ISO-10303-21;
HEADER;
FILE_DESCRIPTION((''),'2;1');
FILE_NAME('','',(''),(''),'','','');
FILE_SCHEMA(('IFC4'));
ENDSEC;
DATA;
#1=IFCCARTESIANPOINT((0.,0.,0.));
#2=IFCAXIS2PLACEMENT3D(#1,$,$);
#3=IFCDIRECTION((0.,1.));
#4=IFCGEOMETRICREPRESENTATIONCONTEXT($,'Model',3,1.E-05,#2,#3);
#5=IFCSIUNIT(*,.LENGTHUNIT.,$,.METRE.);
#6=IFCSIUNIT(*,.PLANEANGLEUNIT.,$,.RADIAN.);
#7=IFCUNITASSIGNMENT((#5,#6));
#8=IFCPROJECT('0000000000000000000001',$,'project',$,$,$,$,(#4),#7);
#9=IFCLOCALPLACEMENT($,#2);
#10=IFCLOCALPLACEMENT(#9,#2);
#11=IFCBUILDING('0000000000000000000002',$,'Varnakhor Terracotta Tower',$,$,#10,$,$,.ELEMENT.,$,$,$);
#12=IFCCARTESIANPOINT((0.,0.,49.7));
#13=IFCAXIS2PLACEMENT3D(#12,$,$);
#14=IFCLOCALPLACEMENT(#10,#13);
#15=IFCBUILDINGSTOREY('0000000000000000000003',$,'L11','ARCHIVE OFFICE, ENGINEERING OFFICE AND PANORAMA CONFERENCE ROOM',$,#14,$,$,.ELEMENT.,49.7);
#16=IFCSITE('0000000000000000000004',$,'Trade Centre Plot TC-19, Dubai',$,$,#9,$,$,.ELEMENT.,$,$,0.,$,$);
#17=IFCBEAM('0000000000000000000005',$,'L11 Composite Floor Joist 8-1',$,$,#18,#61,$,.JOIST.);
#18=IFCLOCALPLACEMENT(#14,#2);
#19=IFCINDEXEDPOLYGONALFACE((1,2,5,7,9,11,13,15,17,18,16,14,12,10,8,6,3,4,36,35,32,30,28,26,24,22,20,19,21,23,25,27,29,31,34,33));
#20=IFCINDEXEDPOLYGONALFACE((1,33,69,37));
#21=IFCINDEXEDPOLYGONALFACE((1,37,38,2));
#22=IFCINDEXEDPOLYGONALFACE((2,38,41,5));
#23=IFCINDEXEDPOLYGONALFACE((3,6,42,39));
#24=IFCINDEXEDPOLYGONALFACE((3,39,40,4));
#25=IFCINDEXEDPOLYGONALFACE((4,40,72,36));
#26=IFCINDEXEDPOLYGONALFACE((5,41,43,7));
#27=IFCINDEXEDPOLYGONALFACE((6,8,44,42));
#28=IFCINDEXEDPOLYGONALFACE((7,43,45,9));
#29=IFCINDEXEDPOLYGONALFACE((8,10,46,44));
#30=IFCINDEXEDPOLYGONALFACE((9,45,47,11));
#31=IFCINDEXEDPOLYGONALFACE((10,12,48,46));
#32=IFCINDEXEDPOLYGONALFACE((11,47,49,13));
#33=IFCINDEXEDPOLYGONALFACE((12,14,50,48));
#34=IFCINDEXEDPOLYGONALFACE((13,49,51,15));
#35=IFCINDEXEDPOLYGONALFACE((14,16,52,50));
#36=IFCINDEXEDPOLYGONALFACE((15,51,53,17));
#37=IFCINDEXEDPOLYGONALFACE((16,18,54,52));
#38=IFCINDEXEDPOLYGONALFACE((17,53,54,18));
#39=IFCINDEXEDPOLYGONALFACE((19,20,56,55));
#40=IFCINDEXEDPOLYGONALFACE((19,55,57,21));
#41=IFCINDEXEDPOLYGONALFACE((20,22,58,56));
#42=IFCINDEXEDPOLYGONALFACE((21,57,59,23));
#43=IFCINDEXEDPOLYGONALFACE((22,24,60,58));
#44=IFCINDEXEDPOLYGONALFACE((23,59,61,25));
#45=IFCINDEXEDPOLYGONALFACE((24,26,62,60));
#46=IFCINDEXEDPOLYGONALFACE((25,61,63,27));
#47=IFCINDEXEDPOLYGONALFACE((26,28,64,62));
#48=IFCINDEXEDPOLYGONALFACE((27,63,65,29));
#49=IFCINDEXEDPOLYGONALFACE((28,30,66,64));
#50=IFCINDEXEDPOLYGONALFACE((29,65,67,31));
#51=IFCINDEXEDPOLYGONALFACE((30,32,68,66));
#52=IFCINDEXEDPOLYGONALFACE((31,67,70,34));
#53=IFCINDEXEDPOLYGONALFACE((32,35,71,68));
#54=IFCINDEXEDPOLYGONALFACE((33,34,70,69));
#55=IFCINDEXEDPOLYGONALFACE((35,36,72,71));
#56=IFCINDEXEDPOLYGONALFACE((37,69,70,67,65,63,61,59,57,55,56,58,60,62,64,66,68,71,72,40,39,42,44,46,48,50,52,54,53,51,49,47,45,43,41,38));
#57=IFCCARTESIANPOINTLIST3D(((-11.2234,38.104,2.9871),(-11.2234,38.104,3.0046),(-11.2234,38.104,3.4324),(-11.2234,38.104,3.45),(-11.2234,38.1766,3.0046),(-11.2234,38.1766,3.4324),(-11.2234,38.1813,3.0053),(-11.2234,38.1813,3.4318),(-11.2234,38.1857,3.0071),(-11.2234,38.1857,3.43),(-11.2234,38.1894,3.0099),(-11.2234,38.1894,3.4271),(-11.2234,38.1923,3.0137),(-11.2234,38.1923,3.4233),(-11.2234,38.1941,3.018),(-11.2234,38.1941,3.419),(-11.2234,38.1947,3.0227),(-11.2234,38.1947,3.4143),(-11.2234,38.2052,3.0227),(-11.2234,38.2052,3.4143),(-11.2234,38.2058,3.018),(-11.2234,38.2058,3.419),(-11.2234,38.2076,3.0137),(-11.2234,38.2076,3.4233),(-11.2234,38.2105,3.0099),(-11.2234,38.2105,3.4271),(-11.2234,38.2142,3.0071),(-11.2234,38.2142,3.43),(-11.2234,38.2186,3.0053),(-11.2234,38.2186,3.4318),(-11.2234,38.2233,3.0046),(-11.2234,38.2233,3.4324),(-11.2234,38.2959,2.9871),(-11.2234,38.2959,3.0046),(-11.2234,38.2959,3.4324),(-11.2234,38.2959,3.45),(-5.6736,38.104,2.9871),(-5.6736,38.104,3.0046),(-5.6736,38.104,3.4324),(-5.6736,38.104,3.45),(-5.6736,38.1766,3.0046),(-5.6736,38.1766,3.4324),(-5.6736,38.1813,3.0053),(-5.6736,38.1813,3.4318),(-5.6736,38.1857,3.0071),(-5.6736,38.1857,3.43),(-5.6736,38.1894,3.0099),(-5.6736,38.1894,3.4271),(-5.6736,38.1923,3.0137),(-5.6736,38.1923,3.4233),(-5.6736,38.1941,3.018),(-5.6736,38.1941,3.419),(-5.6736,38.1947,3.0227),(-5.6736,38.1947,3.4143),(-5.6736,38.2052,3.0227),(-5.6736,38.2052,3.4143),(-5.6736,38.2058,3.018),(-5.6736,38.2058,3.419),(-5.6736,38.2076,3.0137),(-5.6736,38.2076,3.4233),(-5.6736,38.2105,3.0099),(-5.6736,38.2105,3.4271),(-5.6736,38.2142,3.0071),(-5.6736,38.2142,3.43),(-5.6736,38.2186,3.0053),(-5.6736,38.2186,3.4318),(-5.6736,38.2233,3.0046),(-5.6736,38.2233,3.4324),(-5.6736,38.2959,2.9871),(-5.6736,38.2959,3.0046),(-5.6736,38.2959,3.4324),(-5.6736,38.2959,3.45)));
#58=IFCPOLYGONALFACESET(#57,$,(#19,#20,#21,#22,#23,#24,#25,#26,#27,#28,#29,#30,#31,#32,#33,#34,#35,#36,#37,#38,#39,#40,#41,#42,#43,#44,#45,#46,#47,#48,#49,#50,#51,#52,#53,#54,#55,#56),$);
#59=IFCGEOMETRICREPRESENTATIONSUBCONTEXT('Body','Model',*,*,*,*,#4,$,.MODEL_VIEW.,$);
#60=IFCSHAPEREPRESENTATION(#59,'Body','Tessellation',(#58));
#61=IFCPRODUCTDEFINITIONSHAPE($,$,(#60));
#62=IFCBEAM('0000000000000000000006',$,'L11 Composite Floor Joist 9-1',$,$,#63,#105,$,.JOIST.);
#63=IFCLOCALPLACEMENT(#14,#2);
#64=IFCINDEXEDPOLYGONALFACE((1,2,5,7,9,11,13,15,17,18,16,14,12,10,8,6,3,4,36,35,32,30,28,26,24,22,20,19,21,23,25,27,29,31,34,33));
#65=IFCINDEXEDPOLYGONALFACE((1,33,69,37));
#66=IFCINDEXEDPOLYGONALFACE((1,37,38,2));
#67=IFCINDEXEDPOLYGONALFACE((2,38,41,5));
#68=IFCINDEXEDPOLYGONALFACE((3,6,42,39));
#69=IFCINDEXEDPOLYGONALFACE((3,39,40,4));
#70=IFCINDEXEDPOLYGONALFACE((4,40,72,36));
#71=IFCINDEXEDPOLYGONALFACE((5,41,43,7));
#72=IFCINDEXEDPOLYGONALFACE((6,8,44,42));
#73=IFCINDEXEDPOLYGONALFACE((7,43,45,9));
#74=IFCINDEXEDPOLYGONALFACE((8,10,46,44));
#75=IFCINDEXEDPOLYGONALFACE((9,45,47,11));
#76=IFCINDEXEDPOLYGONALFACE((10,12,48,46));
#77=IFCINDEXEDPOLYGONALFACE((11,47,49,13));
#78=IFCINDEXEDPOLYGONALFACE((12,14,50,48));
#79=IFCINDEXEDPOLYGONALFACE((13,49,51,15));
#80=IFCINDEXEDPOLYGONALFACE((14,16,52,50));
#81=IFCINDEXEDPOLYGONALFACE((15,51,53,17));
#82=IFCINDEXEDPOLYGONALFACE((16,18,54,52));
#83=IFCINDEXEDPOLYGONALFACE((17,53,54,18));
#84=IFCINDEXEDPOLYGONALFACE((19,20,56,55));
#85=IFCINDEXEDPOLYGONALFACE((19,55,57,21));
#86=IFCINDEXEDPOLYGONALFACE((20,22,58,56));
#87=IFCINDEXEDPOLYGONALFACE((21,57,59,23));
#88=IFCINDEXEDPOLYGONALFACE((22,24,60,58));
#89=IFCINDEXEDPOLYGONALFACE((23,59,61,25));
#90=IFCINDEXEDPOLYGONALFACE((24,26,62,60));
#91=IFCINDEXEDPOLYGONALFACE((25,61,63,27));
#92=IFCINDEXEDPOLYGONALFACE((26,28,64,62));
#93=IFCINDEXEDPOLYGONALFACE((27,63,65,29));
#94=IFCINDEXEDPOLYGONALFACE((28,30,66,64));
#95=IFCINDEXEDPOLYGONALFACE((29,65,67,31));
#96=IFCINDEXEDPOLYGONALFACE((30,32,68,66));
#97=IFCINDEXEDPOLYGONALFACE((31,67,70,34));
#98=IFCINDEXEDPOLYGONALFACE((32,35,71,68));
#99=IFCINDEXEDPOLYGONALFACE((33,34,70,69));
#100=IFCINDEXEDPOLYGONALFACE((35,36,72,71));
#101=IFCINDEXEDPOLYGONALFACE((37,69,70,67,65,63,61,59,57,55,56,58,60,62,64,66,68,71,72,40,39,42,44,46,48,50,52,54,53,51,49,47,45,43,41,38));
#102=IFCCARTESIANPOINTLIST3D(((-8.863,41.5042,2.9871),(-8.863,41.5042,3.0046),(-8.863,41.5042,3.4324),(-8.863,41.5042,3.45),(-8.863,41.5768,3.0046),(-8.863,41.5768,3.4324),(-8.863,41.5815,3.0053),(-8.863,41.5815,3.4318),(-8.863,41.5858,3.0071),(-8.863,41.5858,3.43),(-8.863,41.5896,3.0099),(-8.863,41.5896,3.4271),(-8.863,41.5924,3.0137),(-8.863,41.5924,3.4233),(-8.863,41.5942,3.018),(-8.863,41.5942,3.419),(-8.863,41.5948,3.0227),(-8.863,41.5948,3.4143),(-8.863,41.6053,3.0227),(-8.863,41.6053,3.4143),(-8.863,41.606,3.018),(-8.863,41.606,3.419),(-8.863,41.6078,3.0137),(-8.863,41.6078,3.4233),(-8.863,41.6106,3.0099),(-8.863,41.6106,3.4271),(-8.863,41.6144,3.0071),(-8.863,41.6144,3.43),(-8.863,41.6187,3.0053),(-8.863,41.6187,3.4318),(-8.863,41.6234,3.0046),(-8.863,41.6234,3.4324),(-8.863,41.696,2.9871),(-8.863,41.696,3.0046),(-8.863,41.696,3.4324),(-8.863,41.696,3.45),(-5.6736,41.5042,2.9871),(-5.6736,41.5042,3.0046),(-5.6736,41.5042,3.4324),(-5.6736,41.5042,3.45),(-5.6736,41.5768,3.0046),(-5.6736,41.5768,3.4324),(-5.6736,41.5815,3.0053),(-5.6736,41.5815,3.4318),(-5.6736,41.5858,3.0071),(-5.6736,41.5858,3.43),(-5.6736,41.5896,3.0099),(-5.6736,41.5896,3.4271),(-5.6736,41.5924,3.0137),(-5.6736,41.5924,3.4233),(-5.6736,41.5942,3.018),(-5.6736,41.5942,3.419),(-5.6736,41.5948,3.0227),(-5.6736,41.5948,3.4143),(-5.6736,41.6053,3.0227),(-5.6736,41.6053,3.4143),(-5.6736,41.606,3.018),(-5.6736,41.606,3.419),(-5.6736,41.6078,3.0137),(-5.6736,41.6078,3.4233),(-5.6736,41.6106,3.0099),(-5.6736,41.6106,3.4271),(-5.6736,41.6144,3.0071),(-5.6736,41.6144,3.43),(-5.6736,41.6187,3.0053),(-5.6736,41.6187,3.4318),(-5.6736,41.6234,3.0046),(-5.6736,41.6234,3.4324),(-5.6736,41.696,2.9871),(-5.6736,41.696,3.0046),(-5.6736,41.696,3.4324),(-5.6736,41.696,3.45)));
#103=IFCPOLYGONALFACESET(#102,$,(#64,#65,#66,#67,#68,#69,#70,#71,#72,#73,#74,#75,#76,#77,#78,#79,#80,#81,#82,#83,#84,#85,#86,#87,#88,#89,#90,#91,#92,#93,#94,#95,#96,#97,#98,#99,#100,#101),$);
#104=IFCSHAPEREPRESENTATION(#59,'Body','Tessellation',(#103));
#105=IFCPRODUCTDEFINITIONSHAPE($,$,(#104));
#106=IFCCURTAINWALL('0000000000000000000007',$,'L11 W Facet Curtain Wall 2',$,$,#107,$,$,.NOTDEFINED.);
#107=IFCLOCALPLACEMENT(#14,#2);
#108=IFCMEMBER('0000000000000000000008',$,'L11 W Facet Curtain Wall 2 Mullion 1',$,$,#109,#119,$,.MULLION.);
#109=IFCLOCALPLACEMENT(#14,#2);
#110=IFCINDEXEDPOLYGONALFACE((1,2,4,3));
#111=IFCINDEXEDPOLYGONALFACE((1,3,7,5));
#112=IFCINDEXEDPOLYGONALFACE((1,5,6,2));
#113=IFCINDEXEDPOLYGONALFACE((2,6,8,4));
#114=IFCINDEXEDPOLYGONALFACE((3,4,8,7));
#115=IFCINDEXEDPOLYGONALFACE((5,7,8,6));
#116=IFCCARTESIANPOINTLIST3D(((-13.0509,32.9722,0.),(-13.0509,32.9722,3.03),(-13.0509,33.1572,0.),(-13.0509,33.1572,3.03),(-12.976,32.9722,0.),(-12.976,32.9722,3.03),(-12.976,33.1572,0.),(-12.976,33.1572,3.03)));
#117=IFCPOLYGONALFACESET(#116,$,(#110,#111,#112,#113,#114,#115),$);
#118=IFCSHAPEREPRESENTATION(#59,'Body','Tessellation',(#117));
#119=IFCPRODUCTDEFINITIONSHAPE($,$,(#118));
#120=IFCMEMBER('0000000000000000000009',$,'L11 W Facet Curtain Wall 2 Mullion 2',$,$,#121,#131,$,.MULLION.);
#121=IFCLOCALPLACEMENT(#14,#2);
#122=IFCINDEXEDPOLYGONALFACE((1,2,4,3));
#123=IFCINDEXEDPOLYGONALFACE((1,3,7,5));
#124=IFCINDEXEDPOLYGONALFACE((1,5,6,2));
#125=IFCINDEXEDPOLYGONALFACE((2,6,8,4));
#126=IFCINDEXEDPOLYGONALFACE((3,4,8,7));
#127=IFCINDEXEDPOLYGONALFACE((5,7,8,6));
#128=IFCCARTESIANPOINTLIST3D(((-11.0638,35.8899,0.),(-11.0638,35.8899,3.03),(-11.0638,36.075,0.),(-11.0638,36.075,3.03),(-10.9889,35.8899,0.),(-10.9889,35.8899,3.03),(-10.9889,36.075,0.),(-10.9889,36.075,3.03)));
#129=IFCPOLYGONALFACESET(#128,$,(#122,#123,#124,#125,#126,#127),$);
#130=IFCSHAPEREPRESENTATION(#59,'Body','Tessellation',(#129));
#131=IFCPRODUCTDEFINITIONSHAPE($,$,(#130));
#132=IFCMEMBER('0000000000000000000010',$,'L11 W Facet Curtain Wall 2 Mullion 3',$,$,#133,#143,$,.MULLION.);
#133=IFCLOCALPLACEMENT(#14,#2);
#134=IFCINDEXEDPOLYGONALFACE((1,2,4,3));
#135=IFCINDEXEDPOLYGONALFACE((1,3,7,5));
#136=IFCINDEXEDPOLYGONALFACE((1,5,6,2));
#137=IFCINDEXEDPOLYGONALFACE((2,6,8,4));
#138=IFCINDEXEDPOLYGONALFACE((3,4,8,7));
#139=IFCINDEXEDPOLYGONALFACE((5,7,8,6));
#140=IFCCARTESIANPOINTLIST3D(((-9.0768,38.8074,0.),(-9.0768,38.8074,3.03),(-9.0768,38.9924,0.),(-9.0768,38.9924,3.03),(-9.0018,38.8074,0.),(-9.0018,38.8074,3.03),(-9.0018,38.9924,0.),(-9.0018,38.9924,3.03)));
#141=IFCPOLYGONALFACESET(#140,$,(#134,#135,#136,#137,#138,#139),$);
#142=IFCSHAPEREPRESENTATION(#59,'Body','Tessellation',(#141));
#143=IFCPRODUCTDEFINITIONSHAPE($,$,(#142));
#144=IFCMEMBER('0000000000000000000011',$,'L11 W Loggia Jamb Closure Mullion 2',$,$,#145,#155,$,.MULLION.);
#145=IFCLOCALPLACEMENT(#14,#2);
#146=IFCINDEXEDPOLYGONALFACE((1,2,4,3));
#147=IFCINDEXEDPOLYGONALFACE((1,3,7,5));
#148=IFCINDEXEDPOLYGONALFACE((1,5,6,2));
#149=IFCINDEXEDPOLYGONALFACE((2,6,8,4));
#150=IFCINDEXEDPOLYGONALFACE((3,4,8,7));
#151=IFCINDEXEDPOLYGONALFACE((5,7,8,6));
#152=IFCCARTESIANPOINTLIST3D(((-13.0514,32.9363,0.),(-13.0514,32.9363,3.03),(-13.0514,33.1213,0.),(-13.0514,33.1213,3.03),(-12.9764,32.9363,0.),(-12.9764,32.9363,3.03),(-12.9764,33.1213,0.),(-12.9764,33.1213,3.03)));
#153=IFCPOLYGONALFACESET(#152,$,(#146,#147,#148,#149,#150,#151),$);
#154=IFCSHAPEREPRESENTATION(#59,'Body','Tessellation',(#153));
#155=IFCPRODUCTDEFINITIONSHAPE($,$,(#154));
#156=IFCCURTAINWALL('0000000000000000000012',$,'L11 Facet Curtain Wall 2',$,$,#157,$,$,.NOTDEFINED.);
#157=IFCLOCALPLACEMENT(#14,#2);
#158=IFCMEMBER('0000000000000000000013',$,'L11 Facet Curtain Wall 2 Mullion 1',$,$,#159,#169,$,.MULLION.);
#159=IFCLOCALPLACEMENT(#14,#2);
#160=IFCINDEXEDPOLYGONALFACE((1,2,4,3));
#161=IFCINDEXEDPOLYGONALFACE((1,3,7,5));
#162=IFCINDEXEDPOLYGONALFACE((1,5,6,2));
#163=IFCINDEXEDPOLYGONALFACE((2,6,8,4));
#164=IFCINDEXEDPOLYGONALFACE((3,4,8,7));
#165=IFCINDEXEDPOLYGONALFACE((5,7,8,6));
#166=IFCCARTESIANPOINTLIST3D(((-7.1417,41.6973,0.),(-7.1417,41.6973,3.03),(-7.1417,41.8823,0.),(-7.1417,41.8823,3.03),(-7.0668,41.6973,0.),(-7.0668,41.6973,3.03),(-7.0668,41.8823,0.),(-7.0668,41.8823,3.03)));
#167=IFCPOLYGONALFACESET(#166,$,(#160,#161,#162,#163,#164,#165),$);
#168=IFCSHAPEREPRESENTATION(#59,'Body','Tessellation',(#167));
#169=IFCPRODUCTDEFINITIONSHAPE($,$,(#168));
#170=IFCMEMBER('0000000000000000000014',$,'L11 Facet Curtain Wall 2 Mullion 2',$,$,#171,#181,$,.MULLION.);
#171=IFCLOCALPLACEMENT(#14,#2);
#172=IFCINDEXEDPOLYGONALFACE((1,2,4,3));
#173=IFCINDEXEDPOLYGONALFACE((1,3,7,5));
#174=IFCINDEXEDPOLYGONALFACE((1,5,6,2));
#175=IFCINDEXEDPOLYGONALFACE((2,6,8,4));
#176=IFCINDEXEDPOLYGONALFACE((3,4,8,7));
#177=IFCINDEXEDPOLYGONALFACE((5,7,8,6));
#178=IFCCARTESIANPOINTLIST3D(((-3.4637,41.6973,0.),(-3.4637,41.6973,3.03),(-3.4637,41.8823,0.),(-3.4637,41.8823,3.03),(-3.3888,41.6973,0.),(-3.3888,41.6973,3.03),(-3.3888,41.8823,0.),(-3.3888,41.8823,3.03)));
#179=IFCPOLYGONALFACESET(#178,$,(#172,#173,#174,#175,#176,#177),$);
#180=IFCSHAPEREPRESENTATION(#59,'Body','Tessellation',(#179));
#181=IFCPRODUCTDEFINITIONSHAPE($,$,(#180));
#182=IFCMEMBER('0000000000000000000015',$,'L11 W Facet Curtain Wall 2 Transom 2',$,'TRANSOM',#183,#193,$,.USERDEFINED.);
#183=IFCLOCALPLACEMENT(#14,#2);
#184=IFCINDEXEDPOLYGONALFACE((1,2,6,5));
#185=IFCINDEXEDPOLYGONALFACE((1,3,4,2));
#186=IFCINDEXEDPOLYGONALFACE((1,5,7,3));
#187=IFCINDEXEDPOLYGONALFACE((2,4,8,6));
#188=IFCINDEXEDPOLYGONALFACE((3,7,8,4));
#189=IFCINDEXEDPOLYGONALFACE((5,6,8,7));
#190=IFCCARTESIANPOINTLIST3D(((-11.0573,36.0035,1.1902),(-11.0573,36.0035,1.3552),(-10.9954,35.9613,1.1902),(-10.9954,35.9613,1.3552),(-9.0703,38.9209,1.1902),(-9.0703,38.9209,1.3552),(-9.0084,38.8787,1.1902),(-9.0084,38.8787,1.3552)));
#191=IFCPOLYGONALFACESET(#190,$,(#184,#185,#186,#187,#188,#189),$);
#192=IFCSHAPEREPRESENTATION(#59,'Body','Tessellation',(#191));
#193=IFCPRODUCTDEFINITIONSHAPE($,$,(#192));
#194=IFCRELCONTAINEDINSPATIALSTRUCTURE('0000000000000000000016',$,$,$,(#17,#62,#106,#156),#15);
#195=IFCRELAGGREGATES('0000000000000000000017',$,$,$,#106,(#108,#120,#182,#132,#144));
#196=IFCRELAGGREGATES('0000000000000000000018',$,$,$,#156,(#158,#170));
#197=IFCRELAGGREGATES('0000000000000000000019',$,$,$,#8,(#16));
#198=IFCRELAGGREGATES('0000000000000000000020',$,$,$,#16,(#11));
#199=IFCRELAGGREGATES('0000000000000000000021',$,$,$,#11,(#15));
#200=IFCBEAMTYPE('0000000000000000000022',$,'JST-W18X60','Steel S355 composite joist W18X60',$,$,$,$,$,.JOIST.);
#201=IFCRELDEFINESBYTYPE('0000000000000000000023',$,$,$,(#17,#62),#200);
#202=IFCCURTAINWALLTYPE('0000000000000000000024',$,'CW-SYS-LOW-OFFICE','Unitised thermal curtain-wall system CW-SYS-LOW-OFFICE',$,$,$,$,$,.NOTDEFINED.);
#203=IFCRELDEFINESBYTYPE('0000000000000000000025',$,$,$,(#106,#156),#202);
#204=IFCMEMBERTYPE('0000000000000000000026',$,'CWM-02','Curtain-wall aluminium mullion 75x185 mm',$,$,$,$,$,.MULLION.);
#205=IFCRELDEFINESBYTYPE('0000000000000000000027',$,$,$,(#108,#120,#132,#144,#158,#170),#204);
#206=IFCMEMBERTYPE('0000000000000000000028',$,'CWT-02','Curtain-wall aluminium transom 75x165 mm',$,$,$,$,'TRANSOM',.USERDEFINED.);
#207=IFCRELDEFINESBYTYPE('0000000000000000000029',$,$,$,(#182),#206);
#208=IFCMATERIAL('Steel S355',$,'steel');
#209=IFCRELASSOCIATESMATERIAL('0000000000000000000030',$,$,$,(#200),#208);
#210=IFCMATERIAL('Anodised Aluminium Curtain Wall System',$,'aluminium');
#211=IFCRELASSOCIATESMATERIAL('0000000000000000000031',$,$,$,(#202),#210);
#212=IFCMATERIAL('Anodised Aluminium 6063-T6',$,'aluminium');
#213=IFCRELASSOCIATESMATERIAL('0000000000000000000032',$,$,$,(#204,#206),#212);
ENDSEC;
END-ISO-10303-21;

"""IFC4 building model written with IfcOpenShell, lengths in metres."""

from ifc_helpers import new_model, si_unit, direction, frame, origin, origin_2d, place, context, subcontext, project, spatial, rectangle, i_section, extrude, source, transform, mapped, material, material_profile, profile_set, type_object, type_shapes, element, aggregate, save


model = new_model("IFC4")

# Units and contexts
model_context = context("Model", 3, precision=1e-05, world=origin(), true_north=direction((0.0, 1.0)))
body_context = subcontext(model_context, "Body", "Model", "MODEL_VIEW")
ifc_project = project(units=[si_unit("LENGTHUNIT", "METRE"), si_unit("PLANEANGLEUNIT", "RADIAN")], contexts=[model_context])

# Site, building, storey
site_placement = place(None, origin())
site = spatial("IfcSite", under=ifc_project, at=site_placement, Name="Trade Centre Plot TC-19, Dubai", CompositionType="ELEMENT", RefElevation=0.0)
building_placement = place(site_placement, origin())
building = spatial("IfcBuilding", under=site, at=building_placement, Name="Varnakhor Terracotta Tower", CompositionType="ELEMENT")
storey_placement = place(building_placement, frame((0.0, 0.0, 49.7)))
storey = spatial("IfcBuildingStorey", under=building, at=storey_placement, Name="L11", Description="ARCHIVE OFFICE, ENGINEERING OFFICE AND PANORAMA CONFERENCE ROOM", CompositionType="ELEMENT", Elevation=49.7)

# Beams
ifc_material_1 = material(Name="Steel S355", Category="steel")
ifc_material_profile_1 = material_profile(ifc_material_1, i_section(OverallWidth=0.1919, OverallDepth=0.4629, WebThickness=0.0105, FlangeThickness=0.0176, FilletRadius=0.0181, at=origin_2d()), Name="W18X60")
ifc_profile_set_1 = profile_set([ifc_material_profile_1], Name="Steel S355")
beam_type_1 = type_object("IfcBeamType", Name="JST-W18X60", Description="Steel S355 composite joist W18X60", PredefinedType="JOIST", material=ifc_profile_set_1)
shared_shape_1 = source(origin(), body_context, "Body", "SweptSolid", [
    extrude(i_section(OverallWidth=0.1919, OverallDepth=0.4629, WebThickness=0.0105, FlangeThickness=0.0176, FilletRadius=0.0181, at=origin_2d()), origin(), (0.0, 0.0, 1.0), 5.5498),
])
beam_1_placement = place(storey_placement, frame((-11.2234, 38.2, 3.2185), z_axis=(1.0, 0.0, 0.0), x_axis=(0.0, 1.0, 0.0)))
element("IfcBeam", 1, at=beam_1_placement, inside=storey, type_object=beam_type_1, Name="L11 Composite Floor Joist 8-1", PredefinedType="JOIST", context=body_context, shape_type="MappedRepresentation", body=[
    mapped(shared_shape_1, transform((0.0, 0.0, 0.0), scale=1.0)),
])
shared_shape_2 = source(origin(), body_context, "Body", "SweptSolid", [
    extrude(i_section(OverallWidth=0.1919, OverallDepth=0.4629, WebThickness=0.0105, FlangeThickness=0.0176, FilletRadius=0.0181, at=origin_2d()), origin(), (0.0, 0.0, 1.0), 3.1895),
])
beam_2_placement = place(storey_placement, frame((-8.863, 41.6001, 3.2185), z_axis=(1.0, 0.0, 0.0), x_axis=(0.0, 1.0, 0.0)))
element("IfcBeam", 2, at=beam_2_placement, inside=storey, type_object=beam_type_1, Name="L11 Composite Floor Joist 9-1", PredefinedType="JOIST", context=body_context, shape_type="MappedRepresentation", body=[
    mapped(shared_shape_2, transform((0.0, 0.0, 0.0), scale=1.0)),
])

# Curtain walls, members
ifc_material_2 = material(Name="Anodised Aluminium Curtain Wall System", Category="aluminium")
curtain_wall_type = type_object("IfcCurtainWallType", Name="CW-SYS-LOW-OFFICE", Description="Unitised thermal curtain-wall system CW-SYS-LOW-OFFICE", PredefinedType="NOTDEFINED", material=ifc_material_2)
curtain_wall_1_placement = place(storey_placement, origin())
curtain_wall_1 = element("IfcCurtainWall", 3, at=curtain_wall_1_placement, inside=storey, type_object=curtain_wall_type, Name="L11 W Facet Curtain Wall 2", PredefinedType="NOTDEFINED")
ifc_material_3 = material(Name="Anodised Aluminium 6063-T6", Category="aluminium")
ifc_material_profile_2 = material_profile(ifc_material_3, rectangle(XDim=0.075, YDim=0.1851, at=origin_2d()), Name="ALU MULLION 75x185")
ifc_profile_set_2 = profile_set([ifc_material_profile_2], Name="Anodised Aluminium 6063-T6")
member_type_1 = type_object("IfcMemberType", Name="CWM-02", Description="Curtain-wall aluminium mullion 75x185 mm", PredefinedType="MULLION", material=ifc_profile_set_2)
shared_shape_3 = source(origin(), body_context, "Body", "SweptSolid", [
    extrude(rectangle(XDim=0.075, YDim=0.1851, at=origin_2d()), origin(), (0.0, 0.0, 1.0), 3.03),
])
type_shapes(member_type_1, [shared_shape_3])
member_1_placement = place(storey_placement, frame((-13.0134, 33.0647, 0.0), z_axis=(0.0, 0.0, 1.0), x_axis=(1.0, 0.0, 0.0)))
member_1 = element("IfcMember", 4, at=member_1_placement, type_object=member_type_1, Name="L11 W Facet Curtain Wall 2 Mullion 1", PredefinedType="MULLION", context=body_context, shape_type="MappedRepresentation", body=[
    mapped(shared_shape_3, transform((0.0, 0.0, 0.0), scale=1.0)),
])
member_2_placement = place(storey_placement, frame((-11.0264, 35.9824, 0.0), z_axis=(0.0, 0.0, 1.0), x_axis=(1.0, 0.0, 0.0)))
member_2 = element("IfcMember", 5, at=member_2_placement, type_object=member_type_1, Name="L11 W Facet Curtain Wall 2 Mullion 2", PredefinedType="MULLION", context=body_context, shape_type="MappedRepresentation", body=[
    mapped(shared_shape_3, transform((0.0, 0.0, 0.0), scale=1.0)),
])
member_3_placement = place(storey_placement, frame((-9.0393, 38.8999, 0.0), z_axis=(0.0, 0.0, 1.0), x_axis=(1.0, 0.0, 0.0)))
member_3 = element("IfcMember", 6, at=member_3_placement, type_object=member_type_1, Name="L11 W Facet Curtain Wall 2 Mullion 3", PredefinedType="MULLION", context=body_context, shape_type="MappedRepresentation", body=[
    mapped(shared_shape_3, transform((0.0, 0.0, 0.0), scale=1.0)),
])
member_4_placement = place(storey_placement, frame((-13.0139, 33.0288, 0.0), z_axis=(0.0, 0.0, 1.0), x_axis=(1.0, 0.0, 0.0)))
member_4 = element("IfcMember", 7, at=member_4_placement, type_object=member_type_1, Name="L11 W Loggia Jamb Closure Mullion 2", PredefinedType="MULLION", context=body_context, shape_type="MappedRepresentation", body=[
    mapped(shared_shape_3, transform((0.0, 0.0, 0.0), scale=1.0)),
])
curtain_wall_2_placement = place(storey_placement, origin())
curtain_wall_2 = element("IfcCurtainWall", 8, at=curtain_wall_2_placement, inside=storey, type_object=curtain_wall_type, Name="L11 Facet Curtain Wall 2", PredefinedType="NOTDEFINED")
member_5_placement = place(storey_placement, frame((-7.1042, 41.7898, 0.0), z_axis=(0.0, 0.0, 1.0), x_axis=(1.0, 0.0, 0.0)))
member_5 = element("IfcMember", 9, at=member_5_placement, type_object=member_type_1, Name="L11 Facet Curtain Wall 2 Mullion 1", PredefinedType="MULLION", context=body_context, shape_type="MappedRepresentation", body=[
    mapped(shared_shape_3, transform((0.0, 0.0, 0.0), scale=1.0)),
])
member_6_placement = place(storey_placement, frame((-3.4263, 41.7898, 0.0), z_axis=(0.0, 0.0, 1.0), x_axis=(1.0, 0.0, 0.0)))
member_6 = element("IfcMember", 10, at=member_6_placement, type_object=member_type_1, Name="L11 Facet Curtain Wall 2 Mullion 2", PredefinedType="MULLION", context=body_context, shape_type="MappedRepresentation", body=[
    mapped(shared_shape_3, transform((0.0, 0.0, 0.0), scale=1.0)),
])

# Member
ifc_material_profile_3 = material_profile(ifc_material_3, rectangle(XDim=0.075, YDim=0.165, at=origin_2d()), Name="ALU TRANSOM 75x165")
ifc_profile_set_3 = profile_set([ifc_material_profile_3], Name="Anodised Aluminium 6063-T6")
member_type_2 = type_object("IfcMemberType", Name="CWT-02", Description="Curtain-wall aluminium transom 75x165 mm", ElementType="TRANSOM", PredefinedType="USERDEFINED", material=ifc_profile_set_3)
shared_shape_4 = source(origin(), body_context, "Body", "SweptSolid", [
    extrude(rectangle(XDim=0.075, YDim=0.165, at=origin_2d()), origin(), (0.0, 0.0, 1.0), 3.5298),
])
member_7_placement = place(storey_placement, frame((-11.0264, 35.9824, 1.2727), z_axis=(0.562925, 0.826508, 0.0), x_axis=(-0.826508, 0.562925, 0.0)))
member_7 = element("IfcMember", 11, at=member_7_placement, type_object=member_type_2, Name="L11 W Facet Curtain Wall 2 Transom 2", ObjectType="TRANSOM", PredefinedType="USERDEFINED", context=body_context, shape_type="MappedRepresentation", body=[
    mapped(shared_shape_4, transform((0.0, 0.0, 0.0), scale=1.0)),
])

aggregate(curtain_wall_1, [member_1, member_2, member_7, member_3, member_4])
aggregate(curtain_wall_2, [member_5, member_6])

save(model, "model.ifc")
